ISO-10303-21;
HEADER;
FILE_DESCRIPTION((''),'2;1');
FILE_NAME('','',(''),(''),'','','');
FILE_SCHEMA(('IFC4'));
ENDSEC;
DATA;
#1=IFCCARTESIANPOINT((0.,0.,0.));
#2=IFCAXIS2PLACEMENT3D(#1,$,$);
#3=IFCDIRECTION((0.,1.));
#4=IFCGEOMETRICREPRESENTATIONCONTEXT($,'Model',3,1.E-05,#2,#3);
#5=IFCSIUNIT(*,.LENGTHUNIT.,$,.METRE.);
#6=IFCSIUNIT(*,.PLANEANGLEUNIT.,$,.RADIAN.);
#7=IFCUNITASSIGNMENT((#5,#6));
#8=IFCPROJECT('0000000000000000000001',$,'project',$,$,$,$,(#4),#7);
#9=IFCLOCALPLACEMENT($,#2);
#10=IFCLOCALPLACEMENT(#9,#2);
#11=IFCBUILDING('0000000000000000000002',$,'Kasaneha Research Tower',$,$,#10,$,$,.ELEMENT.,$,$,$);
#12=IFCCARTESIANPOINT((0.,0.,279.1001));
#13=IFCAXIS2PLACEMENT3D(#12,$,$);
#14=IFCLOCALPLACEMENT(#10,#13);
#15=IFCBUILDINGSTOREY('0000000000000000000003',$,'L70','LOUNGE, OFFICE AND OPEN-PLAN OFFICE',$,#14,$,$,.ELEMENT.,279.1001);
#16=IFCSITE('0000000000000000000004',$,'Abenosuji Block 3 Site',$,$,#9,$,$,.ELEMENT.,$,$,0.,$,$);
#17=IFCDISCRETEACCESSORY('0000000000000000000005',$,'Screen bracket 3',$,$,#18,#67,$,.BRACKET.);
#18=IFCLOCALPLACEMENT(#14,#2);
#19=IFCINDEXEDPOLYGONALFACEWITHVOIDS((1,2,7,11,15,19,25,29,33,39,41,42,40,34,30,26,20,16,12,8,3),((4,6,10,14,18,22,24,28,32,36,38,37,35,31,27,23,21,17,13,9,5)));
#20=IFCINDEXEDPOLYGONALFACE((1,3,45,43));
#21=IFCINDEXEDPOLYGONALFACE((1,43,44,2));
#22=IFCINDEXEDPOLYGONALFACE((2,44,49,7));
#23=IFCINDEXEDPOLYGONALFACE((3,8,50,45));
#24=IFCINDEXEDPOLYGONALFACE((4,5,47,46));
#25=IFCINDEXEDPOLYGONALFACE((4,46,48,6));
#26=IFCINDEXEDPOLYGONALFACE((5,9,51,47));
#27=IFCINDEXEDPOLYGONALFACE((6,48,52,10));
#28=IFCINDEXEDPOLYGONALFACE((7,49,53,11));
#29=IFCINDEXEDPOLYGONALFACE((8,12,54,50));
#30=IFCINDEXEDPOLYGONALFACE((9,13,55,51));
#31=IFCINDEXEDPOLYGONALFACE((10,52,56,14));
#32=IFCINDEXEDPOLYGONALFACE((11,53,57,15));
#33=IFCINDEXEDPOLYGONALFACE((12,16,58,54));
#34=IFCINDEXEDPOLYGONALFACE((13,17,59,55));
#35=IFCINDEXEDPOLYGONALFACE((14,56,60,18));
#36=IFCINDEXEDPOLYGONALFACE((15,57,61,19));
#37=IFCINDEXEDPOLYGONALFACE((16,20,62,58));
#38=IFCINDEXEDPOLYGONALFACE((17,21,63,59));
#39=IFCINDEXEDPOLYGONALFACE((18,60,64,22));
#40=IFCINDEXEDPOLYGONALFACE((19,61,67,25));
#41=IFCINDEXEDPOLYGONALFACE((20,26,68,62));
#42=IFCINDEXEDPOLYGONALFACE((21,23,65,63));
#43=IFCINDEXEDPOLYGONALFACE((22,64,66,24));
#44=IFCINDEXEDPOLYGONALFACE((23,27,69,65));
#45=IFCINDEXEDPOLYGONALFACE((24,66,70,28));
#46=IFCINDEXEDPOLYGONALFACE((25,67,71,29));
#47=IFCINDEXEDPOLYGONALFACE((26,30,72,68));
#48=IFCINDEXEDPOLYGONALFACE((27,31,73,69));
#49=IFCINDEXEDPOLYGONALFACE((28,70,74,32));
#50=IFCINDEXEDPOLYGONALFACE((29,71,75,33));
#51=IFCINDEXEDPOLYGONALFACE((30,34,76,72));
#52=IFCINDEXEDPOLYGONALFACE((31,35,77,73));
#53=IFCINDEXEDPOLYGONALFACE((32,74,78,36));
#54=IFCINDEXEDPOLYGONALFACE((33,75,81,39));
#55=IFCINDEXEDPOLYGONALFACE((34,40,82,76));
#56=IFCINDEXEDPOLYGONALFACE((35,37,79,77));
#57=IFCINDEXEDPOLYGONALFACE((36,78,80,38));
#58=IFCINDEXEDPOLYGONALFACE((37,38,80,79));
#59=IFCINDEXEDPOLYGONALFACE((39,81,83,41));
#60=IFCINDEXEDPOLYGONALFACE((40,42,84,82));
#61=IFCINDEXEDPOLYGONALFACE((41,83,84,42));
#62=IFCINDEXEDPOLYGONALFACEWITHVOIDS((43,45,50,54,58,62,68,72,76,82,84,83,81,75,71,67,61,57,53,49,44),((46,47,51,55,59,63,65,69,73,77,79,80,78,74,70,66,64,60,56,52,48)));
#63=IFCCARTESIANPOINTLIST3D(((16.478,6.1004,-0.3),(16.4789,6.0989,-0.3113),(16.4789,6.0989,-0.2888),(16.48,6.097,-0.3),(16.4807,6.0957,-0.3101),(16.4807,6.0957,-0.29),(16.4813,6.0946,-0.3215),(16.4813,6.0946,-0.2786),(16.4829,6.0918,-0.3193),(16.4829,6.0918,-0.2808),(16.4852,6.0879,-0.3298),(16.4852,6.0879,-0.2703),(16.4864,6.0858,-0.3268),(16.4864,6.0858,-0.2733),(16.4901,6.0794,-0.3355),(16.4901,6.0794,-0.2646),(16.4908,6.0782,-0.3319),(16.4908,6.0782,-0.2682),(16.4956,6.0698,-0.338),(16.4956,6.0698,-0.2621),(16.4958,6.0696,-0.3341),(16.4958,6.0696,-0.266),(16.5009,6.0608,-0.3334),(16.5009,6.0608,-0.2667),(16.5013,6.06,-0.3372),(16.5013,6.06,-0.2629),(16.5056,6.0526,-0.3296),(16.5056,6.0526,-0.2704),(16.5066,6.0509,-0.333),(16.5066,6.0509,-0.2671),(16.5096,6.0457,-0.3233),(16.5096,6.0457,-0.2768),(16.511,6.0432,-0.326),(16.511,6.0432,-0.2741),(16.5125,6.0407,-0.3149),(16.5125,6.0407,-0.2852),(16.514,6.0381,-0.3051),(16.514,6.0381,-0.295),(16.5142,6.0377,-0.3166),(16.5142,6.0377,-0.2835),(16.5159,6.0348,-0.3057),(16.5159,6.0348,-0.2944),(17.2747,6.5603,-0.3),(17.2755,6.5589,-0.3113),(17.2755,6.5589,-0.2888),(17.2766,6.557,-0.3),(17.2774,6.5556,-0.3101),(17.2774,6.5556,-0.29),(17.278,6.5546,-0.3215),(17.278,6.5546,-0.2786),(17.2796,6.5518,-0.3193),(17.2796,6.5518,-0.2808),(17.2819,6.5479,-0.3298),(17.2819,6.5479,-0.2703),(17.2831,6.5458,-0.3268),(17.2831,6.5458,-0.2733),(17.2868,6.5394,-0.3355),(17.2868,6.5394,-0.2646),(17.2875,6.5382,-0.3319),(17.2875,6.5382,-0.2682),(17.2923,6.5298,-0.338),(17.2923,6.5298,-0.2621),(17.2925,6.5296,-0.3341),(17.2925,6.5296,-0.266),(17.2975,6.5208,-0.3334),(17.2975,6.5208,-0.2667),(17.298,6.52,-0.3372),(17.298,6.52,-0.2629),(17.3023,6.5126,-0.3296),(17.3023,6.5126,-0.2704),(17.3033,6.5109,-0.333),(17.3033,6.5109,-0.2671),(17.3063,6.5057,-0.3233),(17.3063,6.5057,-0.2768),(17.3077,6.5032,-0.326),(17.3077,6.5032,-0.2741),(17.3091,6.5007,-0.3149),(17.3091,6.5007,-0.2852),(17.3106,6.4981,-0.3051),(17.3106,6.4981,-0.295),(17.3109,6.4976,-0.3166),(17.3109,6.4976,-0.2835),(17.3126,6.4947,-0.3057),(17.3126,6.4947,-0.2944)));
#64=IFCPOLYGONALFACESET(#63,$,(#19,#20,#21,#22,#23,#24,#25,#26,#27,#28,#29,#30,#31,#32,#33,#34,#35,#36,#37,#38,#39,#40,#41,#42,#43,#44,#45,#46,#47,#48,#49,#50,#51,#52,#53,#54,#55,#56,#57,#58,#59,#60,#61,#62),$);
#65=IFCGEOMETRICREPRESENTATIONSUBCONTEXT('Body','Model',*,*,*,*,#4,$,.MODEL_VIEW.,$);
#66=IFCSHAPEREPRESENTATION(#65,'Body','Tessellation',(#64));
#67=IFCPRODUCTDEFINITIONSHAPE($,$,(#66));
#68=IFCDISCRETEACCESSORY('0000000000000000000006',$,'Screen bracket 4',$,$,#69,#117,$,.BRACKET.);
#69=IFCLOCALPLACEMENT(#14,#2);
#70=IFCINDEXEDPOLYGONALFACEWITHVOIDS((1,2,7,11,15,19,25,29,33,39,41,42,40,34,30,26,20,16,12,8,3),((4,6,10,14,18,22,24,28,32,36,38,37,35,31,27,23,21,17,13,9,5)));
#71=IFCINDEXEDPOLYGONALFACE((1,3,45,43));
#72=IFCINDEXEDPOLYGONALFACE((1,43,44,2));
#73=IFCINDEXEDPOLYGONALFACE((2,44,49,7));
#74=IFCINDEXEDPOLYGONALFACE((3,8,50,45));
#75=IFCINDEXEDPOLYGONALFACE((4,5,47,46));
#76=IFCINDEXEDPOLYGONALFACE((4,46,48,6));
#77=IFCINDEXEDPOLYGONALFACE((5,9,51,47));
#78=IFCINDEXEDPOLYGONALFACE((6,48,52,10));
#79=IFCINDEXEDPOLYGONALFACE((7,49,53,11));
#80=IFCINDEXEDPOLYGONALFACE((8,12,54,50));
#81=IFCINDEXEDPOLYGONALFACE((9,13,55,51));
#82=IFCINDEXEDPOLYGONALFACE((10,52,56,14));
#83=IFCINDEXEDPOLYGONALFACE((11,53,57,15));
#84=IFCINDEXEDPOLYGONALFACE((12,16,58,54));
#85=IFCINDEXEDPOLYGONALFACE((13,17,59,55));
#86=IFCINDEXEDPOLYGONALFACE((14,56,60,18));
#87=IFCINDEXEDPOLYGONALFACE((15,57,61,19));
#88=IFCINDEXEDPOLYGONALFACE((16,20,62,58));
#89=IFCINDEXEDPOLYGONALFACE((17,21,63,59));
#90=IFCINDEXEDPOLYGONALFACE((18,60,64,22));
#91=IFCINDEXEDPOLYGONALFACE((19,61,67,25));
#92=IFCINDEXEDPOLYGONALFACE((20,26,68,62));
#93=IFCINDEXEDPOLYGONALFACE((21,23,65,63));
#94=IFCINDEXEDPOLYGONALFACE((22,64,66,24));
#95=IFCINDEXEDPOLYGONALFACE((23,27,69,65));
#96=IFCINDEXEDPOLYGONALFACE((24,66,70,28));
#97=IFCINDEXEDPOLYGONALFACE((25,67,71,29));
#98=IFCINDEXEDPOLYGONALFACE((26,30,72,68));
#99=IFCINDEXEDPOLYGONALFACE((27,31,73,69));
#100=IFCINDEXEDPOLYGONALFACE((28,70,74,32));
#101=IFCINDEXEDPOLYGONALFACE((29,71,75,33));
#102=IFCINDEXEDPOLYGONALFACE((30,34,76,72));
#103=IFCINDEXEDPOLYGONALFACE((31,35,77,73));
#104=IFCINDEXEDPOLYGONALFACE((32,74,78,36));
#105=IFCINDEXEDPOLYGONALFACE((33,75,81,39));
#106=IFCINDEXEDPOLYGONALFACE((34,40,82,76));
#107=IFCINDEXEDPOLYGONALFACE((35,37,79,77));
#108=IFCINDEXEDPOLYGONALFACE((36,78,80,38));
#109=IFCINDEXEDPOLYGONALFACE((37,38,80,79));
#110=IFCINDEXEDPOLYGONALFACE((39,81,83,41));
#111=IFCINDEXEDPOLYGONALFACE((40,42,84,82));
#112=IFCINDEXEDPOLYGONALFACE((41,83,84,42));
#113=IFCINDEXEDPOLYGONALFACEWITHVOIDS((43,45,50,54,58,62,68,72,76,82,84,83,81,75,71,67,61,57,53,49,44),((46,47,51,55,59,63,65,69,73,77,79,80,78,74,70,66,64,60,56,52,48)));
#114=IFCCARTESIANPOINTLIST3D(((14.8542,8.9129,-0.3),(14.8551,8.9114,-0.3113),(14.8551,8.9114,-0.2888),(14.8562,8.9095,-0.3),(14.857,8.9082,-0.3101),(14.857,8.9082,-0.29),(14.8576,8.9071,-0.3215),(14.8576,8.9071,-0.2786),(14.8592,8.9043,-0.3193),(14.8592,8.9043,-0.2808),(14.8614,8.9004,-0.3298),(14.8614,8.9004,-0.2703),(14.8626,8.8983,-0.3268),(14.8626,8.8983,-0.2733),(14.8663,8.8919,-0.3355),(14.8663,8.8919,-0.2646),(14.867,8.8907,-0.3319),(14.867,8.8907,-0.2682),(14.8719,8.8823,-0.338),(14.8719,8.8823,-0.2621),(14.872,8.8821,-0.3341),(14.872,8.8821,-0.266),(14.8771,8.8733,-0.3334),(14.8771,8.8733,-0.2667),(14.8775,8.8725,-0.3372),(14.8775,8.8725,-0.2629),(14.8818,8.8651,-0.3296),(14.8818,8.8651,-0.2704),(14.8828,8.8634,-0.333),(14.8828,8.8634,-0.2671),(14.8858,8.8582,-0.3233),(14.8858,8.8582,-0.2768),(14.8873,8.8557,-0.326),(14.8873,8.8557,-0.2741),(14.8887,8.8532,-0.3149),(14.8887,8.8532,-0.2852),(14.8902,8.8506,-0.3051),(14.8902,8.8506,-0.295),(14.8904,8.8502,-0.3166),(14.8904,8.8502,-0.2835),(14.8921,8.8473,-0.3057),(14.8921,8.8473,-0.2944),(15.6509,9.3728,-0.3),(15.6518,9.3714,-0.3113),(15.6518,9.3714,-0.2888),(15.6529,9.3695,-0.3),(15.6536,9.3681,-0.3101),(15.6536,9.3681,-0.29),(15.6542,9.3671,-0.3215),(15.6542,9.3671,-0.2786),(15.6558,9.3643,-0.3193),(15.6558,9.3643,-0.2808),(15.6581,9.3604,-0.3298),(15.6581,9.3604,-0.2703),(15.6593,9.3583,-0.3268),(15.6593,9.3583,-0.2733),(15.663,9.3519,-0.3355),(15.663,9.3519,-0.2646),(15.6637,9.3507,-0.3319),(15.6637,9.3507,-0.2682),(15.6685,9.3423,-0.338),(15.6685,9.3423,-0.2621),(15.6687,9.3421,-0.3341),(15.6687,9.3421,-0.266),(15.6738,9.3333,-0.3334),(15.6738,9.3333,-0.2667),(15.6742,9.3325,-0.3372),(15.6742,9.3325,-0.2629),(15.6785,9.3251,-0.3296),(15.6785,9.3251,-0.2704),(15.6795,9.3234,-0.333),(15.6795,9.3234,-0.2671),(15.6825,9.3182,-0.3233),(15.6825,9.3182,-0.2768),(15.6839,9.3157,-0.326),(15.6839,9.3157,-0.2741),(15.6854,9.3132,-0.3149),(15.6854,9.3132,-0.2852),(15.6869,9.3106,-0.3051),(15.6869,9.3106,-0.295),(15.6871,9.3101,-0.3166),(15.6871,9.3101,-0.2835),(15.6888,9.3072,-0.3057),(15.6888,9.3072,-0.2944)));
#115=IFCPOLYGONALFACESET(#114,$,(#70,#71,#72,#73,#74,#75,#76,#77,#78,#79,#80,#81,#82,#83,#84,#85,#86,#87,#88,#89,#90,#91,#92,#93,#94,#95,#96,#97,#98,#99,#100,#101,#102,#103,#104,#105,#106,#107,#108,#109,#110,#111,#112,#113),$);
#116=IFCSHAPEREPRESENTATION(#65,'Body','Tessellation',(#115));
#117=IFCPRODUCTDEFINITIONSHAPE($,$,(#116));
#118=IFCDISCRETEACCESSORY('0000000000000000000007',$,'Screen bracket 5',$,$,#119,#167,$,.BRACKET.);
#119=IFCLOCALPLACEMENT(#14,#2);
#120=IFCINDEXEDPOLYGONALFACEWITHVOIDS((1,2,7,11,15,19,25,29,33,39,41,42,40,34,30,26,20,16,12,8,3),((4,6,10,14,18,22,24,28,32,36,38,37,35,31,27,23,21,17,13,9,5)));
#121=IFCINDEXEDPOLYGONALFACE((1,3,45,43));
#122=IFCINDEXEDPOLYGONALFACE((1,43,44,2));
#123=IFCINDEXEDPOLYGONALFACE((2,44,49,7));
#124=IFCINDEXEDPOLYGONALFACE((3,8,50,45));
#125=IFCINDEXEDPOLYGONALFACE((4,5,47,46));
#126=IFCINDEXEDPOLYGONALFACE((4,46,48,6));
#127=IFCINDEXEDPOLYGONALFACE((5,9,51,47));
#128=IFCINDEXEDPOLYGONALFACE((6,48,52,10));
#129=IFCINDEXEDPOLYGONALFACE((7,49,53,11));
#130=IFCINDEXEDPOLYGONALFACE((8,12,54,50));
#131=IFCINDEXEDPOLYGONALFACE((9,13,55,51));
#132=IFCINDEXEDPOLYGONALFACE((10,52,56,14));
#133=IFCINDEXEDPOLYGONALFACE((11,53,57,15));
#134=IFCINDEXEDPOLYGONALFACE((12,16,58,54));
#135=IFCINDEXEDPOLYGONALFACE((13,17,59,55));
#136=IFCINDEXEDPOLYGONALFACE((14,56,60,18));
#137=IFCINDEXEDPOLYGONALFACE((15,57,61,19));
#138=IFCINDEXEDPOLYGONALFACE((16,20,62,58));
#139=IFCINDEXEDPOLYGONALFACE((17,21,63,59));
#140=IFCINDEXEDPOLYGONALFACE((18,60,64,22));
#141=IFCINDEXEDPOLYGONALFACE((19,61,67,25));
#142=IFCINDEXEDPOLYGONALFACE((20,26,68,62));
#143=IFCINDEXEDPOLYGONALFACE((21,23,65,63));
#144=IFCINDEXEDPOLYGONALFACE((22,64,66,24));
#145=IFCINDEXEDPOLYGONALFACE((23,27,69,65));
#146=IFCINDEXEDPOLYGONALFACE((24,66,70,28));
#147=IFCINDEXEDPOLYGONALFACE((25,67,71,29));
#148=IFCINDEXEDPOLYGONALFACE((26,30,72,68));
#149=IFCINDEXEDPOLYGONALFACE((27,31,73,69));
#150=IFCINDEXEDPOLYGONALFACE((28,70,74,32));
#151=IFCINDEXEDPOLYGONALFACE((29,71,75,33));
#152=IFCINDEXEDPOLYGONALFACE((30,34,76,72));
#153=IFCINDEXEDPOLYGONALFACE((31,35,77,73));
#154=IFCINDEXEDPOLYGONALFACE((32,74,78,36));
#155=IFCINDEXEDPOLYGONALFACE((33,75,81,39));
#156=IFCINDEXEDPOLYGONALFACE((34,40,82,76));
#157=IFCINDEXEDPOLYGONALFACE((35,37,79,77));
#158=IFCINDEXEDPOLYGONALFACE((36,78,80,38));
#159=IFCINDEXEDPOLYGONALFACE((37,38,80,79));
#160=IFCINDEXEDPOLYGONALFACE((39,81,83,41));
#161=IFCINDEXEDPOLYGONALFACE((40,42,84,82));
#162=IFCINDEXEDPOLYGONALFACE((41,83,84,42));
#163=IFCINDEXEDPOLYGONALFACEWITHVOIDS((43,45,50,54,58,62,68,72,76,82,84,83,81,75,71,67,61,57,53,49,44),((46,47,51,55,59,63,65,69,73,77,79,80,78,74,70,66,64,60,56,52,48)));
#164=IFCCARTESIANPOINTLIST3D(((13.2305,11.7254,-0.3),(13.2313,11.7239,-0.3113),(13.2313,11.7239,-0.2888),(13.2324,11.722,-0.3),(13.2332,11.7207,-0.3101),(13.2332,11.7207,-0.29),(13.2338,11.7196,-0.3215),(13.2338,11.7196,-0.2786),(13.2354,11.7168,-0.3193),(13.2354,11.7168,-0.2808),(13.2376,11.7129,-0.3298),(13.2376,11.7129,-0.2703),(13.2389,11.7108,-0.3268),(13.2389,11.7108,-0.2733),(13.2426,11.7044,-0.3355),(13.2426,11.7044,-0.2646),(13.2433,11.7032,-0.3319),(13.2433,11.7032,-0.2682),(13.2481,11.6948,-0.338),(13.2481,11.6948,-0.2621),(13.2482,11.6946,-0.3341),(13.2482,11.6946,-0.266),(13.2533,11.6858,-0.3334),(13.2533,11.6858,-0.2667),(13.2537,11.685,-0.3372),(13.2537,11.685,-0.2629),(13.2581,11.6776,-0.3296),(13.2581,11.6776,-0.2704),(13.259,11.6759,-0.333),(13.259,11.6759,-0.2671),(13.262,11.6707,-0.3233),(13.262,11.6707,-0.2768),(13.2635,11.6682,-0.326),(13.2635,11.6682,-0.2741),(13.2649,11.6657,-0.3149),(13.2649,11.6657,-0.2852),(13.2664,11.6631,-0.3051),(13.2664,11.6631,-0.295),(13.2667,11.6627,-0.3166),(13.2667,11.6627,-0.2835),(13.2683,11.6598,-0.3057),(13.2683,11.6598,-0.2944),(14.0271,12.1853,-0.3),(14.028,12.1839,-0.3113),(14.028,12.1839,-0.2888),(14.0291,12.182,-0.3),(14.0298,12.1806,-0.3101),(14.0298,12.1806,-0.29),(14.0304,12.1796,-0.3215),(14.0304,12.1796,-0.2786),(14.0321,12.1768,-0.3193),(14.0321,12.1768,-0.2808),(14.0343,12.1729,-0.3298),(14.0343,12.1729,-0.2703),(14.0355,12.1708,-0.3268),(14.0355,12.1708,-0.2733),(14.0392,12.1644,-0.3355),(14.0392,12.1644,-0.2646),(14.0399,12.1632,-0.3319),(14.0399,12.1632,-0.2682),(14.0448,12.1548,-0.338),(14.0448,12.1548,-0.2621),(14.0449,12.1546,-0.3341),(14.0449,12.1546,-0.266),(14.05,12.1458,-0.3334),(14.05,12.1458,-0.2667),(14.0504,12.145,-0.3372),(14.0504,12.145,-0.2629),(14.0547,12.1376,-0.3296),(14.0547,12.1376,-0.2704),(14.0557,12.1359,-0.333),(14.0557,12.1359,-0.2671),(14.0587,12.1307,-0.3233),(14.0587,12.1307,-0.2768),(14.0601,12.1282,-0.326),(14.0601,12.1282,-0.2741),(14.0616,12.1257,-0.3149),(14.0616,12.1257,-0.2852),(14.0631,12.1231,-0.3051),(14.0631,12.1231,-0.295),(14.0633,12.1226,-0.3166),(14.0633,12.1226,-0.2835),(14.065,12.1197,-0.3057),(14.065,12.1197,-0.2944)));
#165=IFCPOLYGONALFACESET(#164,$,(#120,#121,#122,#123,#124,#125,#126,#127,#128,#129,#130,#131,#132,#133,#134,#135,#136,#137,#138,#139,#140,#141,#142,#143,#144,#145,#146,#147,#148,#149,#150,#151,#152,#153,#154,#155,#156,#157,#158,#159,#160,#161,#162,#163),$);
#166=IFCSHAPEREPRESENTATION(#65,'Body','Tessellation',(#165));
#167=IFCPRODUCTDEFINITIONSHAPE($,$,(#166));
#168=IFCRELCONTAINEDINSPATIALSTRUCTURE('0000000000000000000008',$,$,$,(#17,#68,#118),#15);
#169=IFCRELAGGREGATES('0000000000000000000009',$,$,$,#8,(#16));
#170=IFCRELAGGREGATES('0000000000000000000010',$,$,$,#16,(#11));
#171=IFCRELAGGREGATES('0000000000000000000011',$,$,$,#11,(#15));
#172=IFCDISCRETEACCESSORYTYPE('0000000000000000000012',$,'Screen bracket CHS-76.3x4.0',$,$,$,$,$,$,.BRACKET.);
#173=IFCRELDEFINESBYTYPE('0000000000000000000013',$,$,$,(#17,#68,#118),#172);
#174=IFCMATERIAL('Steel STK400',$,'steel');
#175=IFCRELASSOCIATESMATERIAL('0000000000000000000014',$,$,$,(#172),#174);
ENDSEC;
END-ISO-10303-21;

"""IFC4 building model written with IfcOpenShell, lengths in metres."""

from ifc_helpers import new_model, si_unit, direction, frame, origin, origin_2d, place, context, subcontext, project, spatial, hollow_circle, extrude, material, material_profile, profile_set, type_object, element, save


model = new_model("IFC4")

# Units and contexts
model_context = context("Model", 3, precision=1e-05, world=origin(), true_north=direction((0.0, 1.0)))
body_context = subcontext(model_context, "Body", "Model", "MODEL_VIEW")
ifc_project = project(units=[si_unit("LENGTHUNIT", "METRE"), si_unit("PLANEANGLEUNIT", "RADIAN")], contexts=[model_context])

# Site, building, storey
site_placement = place(None, origin())
site = spatial("IfcSite", under=ifc_project, at=site_placement, Name="Abenosuji Block 3 Site", CompositionType="ELEMENT", RefElevation=0.0)
building_placement = place(site_placement, origin())
building = spatial("IfcBuilding", under=site, at=building_placement, Name="Kasaneha Research Tower", CompositionType="ELEMENT")
storey_placement = place(building_placement, frame((0.0, 0.0, 279.1001)))
storey = spatial("IfcBuildingStorey", under=building, at=storey_placement, Name="L70", Description="LOUNGE, OFFICE AND OPEN-PLAN OFFICE", CompositionType="ELEMENT", Elevation=279.1001)

# Discrete accessories
ifc_material_1 = material(Name="Steel STK400", Category="steel")
ifc_material_profile_1 = material_profile(ifc_material_1, hollow_circle(Radius=0.0381, WallThickness=0.0039, at=origin_2d()), Name="CHS-76.3x4.0")
ifc_profile_set_1 = profile_set([ifc_material_profile_1], Name="Steel STK400")
discrete_accessory_type = type_object("IfcDiscreteAccessoryType", Name="Screen bracket CHS-76.3x4.0", PredefinedType="BRACKET", material=ifc_profile_set_1)
for number, where, z_axis, x_axis, name in (
    (1, (16.4971, 6.0674, -0.3), (0.866013, 0.500021, 0.0), (-0.500021, 0.866013, 0.0), "Screen bracket 3"),
    (2, (14.8733, 8.8799, -0.3), (0.866013, 0.500021, 0.0), (-0.500021, 0.866013, 0.0), "Screen bracket 4"),
    (3, (13.2495, 11.6924, -0.3), (0.866013, 0.500021, 0.0), (-0.500021, 0.866013, 0.0), "Screen bracket 5"),
):
    element("IfcDiscreteAccessory", number, at=place(storey_placement, frame(where, z_axis=z_axis, x_axis=x_axis)), inside=storey, type_object=discrete_accessory_type, Name=name, PredefinedType="BRACKET", context=body_context, shape_type="SweptSolid", body=[
        extrude(hollow_circle(Radius=0.0381, WallThickness=0.0039, at=origin_2d()), origin(), (0.0, 0.0, 1.0), 0.9199),
    ])

save(model, "model.ifc")
